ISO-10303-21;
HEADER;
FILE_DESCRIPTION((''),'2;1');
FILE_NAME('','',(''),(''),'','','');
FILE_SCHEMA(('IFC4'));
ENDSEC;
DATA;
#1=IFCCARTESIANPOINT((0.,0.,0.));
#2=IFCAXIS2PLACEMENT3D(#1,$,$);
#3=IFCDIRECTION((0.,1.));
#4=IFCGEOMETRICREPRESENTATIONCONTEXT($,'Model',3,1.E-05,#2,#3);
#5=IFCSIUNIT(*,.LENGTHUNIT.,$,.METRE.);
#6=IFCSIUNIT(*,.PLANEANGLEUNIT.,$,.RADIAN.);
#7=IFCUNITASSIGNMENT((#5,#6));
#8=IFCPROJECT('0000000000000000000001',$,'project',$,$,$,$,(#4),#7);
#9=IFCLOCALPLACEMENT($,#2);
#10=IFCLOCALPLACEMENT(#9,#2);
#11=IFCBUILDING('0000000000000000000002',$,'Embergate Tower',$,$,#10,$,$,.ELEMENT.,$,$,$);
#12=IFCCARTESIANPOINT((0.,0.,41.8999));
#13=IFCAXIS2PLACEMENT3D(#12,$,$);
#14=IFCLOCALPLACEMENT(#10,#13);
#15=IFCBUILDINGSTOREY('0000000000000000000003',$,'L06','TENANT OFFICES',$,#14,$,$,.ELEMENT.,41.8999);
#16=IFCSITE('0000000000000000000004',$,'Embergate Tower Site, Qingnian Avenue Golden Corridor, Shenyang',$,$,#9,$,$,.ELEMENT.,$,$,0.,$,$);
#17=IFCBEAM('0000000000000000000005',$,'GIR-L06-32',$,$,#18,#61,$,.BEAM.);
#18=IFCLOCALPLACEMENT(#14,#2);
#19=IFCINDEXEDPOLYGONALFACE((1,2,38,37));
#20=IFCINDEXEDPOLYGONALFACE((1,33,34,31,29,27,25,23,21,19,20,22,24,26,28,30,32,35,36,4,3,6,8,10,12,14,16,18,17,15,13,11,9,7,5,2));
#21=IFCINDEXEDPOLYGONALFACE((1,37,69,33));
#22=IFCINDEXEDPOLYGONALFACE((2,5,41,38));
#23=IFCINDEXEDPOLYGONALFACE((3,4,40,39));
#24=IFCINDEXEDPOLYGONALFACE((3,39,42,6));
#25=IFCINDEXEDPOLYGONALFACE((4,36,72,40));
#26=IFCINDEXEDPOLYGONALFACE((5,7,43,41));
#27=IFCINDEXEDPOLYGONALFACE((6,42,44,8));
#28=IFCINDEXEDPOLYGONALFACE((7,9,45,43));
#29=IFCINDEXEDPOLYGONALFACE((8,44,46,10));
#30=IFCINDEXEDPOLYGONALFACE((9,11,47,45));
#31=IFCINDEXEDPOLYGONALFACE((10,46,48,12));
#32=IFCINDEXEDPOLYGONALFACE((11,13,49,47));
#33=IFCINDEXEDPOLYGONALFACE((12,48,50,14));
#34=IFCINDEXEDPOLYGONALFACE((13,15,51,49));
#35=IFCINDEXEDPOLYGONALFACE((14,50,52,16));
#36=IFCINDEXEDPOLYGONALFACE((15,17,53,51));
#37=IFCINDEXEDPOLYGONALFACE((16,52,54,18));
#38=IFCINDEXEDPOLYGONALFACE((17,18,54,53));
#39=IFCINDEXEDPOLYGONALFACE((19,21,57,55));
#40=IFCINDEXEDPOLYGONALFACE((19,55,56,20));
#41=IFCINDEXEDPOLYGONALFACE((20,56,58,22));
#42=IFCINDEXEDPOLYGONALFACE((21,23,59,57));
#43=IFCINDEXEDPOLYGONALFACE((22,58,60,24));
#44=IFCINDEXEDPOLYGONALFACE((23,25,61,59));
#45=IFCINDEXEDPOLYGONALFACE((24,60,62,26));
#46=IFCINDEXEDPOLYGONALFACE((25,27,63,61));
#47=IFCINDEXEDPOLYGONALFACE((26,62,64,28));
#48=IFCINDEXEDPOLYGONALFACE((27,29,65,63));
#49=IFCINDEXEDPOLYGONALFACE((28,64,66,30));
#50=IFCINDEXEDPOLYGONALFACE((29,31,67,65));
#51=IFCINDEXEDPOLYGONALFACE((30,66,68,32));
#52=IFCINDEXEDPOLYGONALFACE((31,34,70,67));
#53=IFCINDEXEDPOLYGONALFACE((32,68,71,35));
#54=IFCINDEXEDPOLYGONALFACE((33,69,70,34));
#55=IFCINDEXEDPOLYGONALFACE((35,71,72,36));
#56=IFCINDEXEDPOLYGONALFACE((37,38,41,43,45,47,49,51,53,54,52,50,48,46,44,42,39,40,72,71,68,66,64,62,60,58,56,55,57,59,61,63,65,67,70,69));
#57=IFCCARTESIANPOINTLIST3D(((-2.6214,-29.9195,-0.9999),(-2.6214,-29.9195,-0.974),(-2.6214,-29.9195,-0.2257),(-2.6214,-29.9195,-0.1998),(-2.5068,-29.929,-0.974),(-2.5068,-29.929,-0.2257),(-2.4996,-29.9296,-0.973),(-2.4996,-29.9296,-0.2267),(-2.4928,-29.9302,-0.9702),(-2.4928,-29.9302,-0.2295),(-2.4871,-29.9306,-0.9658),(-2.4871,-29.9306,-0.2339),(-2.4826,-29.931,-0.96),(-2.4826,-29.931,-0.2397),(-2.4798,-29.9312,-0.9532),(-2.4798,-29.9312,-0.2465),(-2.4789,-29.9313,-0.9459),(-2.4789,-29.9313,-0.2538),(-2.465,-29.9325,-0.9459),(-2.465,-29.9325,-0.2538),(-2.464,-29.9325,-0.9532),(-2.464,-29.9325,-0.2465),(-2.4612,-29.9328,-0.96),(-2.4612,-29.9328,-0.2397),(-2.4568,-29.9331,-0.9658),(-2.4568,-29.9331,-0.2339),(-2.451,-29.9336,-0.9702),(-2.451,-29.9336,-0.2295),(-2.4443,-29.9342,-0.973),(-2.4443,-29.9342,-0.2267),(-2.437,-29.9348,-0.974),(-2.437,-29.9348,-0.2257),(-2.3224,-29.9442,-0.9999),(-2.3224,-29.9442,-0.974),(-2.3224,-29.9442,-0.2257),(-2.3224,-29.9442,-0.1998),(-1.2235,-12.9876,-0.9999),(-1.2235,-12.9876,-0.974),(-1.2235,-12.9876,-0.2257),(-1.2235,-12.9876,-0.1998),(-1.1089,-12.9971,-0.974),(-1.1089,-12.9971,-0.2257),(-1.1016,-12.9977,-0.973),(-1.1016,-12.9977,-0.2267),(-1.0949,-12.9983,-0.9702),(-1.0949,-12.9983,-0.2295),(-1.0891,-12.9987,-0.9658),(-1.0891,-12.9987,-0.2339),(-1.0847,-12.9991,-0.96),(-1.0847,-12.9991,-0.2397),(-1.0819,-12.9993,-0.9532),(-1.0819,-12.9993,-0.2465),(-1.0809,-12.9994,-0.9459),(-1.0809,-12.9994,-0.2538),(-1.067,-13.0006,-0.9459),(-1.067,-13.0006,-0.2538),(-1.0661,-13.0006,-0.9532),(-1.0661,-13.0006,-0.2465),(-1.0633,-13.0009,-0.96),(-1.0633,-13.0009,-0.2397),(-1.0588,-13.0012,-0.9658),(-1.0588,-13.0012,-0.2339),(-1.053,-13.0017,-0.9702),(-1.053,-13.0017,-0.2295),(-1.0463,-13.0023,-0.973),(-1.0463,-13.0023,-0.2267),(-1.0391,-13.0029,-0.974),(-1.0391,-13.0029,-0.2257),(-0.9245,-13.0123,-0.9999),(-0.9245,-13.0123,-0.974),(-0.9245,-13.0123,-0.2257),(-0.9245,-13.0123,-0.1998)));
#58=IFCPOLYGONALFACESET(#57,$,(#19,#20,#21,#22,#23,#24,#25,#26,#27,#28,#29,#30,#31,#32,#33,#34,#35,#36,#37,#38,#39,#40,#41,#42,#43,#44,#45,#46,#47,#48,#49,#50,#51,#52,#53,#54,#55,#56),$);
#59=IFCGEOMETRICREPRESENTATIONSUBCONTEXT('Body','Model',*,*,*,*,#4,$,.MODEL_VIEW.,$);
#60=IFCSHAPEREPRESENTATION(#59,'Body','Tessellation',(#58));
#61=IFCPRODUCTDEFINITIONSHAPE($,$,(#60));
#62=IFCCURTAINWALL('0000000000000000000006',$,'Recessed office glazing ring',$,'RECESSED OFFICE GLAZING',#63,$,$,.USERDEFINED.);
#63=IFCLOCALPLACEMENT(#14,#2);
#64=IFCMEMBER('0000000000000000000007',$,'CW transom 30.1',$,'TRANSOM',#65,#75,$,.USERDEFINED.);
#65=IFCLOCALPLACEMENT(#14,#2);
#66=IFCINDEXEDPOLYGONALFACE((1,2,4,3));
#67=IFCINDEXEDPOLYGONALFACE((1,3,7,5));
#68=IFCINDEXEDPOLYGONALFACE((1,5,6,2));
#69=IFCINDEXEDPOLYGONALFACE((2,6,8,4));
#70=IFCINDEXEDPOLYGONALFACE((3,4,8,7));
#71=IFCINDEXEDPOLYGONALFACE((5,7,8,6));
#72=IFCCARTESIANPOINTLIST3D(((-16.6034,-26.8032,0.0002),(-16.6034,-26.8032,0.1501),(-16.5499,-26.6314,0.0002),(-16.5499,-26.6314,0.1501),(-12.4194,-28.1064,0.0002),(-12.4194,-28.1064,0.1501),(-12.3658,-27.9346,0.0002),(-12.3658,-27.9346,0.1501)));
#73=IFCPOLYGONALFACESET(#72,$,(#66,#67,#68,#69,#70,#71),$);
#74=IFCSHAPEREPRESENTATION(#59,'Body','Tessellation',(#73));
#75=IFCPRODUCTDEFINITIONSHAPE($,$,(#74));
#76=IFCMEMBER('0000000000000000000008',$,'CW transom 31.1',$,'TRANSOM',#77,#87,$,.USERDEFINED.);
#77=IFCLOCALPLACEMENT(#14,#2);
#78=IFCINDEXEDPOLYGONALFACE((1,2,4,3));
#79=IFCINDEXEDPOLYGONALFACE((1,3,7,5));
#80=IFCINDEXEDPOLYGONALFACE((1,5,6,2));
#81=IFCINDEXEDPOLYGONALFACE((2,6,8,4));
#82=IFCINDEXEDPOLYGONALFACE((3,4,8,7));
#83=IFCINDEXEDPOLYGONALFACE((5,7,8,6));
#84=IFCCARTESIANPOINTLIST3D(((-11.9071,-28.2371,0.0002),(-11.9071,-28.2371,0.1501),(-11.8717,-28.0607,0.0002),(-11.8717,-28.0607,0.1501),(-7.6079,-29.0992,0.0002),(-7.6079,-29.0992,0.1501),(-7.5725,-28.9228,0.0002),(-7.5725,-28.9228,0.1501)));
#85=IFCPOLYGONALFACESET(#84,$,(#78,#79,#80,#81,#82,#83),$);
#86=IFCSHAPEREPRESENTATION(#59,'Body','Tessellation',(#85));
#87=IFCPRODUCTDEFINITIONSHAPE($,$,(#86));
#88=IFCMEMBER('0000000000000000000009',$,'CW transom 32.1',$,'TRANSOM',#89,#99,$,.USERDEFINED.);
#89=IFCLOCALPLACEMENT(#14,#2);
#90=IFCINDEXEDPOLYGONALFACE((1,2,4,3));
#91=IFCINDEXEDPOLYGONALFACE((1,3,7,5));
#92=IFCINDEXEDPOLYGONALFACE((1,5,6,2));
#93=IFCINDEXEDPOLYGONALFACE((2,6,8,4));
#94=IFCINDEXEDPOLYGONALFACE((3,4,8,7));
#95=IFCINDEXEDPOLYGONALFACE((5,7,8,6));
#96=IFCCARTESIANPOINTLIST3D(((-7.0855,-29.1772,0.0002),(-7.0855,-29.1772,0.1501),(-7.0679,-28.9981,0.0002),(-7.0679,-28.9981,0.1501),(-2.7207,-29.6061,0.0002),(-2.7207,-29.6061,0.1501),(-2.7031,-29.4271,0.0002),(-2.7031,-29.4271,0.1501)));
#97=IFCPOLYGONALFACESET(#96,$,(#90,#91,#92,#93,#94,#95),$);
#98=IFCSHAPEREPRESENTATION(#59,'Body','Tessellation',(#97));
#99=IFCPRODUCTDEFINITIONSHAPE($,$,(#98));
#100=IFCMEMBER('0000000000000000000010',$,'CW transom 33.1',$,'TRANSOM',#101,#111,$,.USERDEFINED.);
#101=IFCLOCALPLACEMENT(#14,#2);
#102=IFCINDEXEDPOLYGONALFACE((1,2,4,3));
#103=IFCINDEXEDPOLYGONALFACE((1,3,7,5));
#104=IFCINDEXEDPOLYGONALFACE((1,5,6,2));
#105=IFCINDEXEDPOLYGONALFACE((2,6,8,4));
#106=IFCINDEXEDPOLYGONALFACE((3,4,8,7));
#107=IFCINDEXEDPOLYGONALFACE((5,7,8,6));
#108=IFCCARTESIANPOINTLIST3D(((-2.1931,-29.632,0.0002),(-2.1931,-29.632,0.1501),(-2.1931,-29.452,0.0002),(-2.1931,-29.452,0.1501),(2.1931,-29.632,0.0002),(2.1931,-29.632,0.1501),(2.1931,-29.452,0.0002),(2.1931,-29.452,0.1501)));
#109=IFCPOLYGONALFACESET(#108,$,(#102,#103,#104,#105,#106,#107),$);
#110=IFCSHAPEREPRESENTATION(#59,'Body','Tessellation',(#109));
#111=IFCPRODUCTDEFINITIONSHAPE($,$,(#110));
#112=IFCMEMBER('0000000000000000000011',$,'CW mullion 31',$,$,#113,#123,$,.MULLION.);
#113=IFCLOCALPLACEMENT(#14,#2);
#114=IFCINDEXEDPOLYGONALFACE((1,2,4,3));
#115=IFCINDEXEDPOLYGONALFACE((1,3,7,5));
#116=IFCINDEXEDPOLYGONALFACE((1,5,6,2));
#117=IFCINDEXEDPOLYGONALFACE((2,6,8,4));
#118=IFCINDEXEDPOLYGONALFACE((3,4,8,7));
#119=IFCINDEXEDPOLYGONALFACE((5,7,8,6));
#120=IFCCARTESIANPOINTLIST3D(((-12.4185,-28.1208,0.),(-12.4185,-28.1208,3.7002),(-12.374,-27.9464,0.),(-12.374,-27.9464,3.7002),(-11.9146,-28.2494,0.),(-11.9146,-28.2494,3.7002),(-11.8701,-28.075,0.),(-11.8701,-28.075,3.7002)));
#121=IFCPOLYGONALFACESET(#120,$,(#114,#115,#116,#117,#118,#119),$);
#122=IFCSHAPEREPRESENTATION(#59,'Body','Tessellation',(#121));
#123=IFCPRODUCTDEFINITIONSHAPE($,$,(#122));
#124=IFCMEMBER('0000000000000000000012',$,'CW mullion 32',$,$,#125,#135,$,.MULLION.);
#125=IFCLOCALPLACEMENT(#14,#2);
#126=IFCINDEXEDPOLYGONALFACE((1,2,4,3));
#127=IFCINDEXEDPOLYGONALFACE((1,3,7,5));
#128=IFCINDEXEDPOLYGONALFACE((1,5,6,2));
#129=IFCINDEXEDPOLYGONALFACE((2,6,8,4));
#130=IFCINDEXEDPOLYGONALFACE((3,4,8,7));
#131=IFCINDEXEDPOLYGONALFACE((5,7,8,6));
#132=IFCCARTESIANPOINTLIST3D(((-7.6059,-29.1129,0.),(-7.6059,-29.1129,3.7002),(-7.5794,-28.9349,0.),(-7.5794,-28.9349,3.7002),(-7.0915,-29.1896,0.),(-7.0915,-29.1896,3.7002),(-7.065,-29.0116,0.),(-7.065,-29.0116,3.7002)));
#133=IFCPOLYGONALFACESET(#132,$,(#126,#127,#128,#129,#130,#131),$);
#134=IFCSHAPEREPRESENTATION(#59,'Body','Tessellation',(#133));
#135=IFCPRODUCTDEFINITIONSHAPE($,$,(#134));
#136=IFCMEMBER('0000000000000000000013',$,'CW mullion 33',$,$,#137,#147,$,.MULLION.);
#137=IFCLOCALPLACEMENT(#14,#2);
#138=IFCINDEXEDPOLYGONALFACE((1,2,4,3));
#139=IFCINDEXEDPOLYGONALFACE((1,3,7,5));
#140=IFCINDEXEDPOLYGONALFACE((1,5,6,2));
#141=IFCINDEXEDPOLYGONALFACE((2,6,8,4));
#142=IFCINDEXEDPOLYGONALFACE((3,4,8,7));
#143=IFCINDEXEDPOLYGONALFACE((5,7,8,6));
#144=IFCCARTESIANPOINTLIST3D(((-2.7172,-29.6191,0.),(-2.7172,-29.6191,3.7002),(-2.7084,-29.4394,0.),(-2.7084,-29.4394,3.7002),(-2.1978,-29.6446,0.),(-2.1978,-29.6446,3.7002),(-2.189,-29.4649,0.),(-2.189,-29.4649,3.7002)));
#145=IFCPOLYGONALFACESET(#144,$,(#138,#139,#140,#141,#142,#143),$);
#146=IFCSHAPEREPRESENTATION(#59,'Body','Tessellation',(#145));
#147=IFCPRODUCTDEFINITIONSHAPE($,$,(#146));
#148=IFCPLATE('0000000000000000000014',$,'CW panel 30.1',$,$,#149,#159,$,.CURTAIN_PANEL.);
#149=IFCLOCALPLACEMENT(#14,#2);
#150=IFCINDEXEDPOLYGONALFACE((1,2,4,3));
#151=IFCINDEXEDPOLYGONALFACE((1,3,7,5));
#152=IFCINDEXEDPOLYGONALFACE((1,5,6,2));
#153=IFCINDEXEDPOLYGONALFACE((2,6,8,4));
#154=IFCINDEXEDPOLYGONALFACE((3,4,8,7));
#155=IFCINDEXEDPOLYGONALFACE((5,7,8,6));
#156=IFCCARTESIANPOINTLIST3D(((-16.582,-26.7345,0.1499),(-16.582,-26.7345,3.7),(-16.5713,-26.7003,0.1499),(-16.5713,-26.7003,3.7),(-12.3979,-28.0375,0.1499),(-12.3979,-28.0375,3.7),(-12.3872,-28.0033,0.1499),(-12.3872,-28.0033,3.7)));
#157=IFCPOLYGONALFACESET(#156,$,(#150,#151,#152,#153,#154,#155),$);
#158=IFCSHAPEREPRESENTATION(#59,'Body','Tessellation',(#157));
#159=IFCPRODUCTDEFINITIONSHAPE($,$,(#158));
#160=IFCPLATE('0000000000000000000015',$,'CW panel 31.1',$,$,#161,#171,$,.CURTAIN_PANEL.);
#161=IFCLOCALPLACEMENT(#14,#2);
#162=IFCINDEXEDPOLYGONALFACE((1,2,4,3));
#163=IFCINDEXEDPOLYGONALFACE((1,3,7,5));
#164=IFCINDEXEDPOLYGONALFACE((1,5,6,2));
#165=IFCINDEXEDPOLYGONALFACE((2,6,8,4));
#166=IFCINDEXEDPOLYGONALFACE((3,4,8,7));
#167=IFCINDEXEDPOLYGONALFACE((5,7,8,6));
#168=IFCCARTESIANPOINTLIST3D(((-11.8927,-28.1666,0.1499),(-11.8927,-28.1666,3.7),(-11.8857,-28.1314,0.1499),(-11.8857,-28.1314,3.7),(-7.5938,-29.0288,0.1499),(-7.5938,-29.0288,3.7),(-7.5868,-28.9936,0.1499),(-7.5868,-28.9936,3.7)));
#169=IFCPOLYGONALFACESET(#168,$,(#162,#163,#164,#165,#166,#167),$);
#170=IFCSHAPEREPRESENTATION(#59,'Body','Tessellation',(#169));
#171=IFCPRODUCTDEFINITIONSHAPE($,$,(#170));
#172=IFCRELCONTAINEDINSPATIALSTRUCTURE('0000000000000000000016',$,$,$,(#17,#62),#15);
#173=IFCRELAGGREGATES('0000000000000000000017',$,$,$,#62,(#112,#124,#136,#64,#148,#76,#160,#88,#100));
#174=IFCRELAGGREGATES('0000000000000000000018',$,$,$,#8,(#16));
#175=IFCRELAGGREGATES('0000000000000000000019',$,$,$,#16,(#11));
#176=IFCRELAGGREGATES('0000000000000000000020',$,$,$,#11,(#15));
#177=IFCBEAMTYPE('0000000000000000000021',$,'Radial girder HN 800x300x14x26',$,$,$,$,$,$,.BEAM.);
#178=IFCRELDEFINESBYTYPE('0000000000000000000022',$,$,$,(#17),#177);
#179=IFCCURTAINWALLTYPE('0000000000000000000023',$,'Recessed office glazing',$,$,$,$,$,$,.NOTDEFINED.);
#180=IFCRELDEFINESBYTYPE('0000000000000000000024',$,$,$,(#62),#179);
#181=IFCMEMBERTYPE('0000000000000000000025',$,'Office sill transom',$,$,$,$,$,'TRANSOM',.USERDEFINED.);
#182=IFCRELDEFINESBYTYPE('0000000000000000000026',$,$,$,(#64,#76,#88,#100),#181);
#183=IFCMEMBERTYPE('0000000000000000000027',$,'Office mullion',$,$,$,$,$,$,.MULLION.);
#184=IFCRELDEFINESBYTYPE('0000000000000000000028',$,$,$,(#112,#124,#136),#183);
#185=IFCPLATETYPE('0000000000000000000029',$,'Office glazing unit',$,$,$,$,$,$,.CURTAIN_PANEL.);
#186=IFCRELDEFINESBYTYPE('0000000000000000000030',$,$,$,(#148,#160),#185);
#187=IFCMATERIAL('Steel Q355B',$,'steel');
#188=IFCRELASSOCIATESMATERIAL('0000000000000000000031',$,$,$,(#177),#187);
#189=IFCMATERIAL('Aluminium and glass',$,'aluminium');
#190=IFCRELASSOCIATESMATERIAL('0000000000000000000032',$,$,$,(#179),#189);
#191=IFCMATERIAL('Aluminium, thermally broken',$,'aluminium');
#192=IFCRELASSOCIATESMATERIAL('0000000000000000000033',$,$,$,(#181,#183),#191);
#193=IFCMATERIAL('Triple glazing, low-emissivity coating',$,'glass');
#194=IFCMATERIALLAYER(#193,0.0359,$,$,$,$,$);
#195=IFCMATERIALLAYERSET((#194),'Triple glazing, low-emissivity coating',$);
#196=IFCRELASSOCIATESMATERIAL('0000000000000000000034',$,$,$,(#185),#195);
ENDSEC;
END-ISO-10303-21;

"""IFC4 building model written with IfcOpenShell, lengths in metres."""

from ifc_helpers import new_model, si_unit, direction, frame, origin, origin_2d, place, context, subcontext, project, spatial, rectangle, i_section, extrude, source, transform, mapped, material, layer, layer_set, material_profile, profile_set, type_object, element, aggregate, save


model = new_model("IFC4")

# Units and contexts
model_context = context("Model", 3, precision=1e-05, world=origin(), true_north=direction((0.0, 1.0)))
body_context = subcontext(model_context, "Body", "Model", "MODEL_VIEW")
ifc_project = project(units=[si_unit("LENGTHUNIT", "METRE"), si_unit("PLANEANGLEUNIT", "RADIAN")], contexts=[model_context])

# Site, building, storey
site_placement = place(None, origin())
site = spatial("IfcSite", under=ifc_project, at=site_placement, Name="Embergate Tower Site, Qingnian Avenue Golden Corridor, Shenyang", CompositionType="ELEMENT", RefElevation=0.0)
building_placement = place(site_placement, origin())
building = spatial("IfcBuilding", under=site, at=building_placement, Name="Embergate Tower", CompositionType="ELEMENT")
storey_placement = place(building_placement, frame((0.0, 0.0, 41.8999)))
storey = spatial("IfcBuildingStorey", under=building, at=storey_placement, Name="L06", Description="TENANT OFFICES", CompositionType="ELEMENT", Elevation=41.8999)

# Beam
ifc_material_1 = material(Name="Steel Q355B", Category="steel")
ifc_material_profile_1 = material_profile(ifc_material_1, i_section(OverallWidth=0.3, OverallDepth=0.8, WebThickness=0.0139, FlangeThickness=0.0259, FilletRadius=0.0281, at=origin_2d()), Name="HN 800x300x14x26")
ifc_profile_set_1 = profile_set([ifc_material_profile_1], Name="Steel Q355 grade B")
beam_type_1 = type_object("IfcBeamType", Name="Radial girder HN 800x300x14x26", PredefinedType="BEAM", material=ifc_profile_set_1)
shared_shape_1 = source(origin(), body_context, "Body", "SweptSolid", [
    extrude(i_section(OverallWidth=0.3, OverallDepth=0.8, WebThickness=0.0139, FlangeThickness=0.0259, FilletRadius=0.0281, at=origin_2d()), origin(), (0.0, 0.0, 1.0), 16.9895),
])
beam_1_placement = place(storey_placement, frame((-2.4719, -29.9319, -0.5999), z_axis=(0.082283, 0.996609, 0.0), x_axis=(-0.996609, 0.082283, 0.0)))
element("IfcBeam", 1, at=beam_1_placement, inside=storey, type_object=beam_type_1, Name="GIR-L06-32", PredefinedType="BEAM", context=body_context, shape_type="MappedRepresentation", body=[
    mapped(shared_shape_1, transform((0.0, 0.0, 0.0))),
])

# Curtain wall, members, plates
ifc_material_2 = material(Name="Aluminium and glass", Category="aluminium")
curtain_wall_type = type_object("IfcCurtainWallType", Name="Recessed office glazing", PredefinedType="NOTDEFINED", material=ifc_material_2)
curtain_wall_placement = place(storey_placement, origin())
curtain_wall = element("IfcCurtainWall", 2, at=curtain_wall_placement, inside=storey, type_object=curtain_wall_type, Name="Recessed office glazing ring", ObjectType="RECESSED OFFICE GLAZING", PredefinedType="USERDEFINED")
ifc_material_3 = material(Name="Aluminium, thermally broken", Category="aluminium")
ifc_material_profile_2 = material_profile(ifc_material_3, rectangle(XDim=0.1799, YDim=0.1499, at=origin_2d()), Name="AL 150x180")
ifc_profile_set_2 = profile_set([ifc_material_profile_2], Name="Aluminium, thermally broken")
member_type_1 = type_object("IfcMemberType", Name="Office sill transom", ElementType="TRANSOM", PredefinedType="USERDEFINED", material=ifc_profile_set_2)
shared_shape_2 = source(origin(), body_context, "Body", "SweptSolid", [
    extrude(rectangle(XDim=0.1799, YDim=0.1499, at=origin_2d()), origin(), (0.0, 0.0, 1.0), 4.3823),
])
member_1_placement = place(storey_placement, frame((-16.5767, -26.7173, 0.0752), z_axis=(0.954759, -0.29738, 0.0), x_axis=(0.29738, 0.954759, 0.0)))
member_1 = element("IfcMember", 3, at=member_1_placement, type_object=member_type_1, Name="CW transom 30.1", ObjectType="TRANSOM", PredefinedType="USERDEFINED", context=body_context, shape_type="MappedRepresentation", body=[
    mapped(shared_shape_2, transform((0.0, 0.0, 0.0))),
])
shared_shape_3 = source(origin(), body_context, "Body", "SweptSolid", [
    extrude(rectangle(XDim=0.1799, YDim=0.1499, at=origin_2d()), origin(), (0.0, 0.0, 1.0), 4.3848),
])
member_2_placement = place(storey_placement, frame((-11.8894, -28.1489, 0.0752), z_axis=(0.980482, -0.196609, 0.0), x_axis=(0.196609, 0.980482, 0.0)))
member_2 = element("IfcMember", 4, at=member_2_placement, type_object=member_type_1, Name="CW transom 31.1", ObjectType="TRANSOM", PredefinedType="USERDEFINED", context=body_context, shape_type="MappedRepresentation", body=[
    mapped(shared_shape_3, transform((0.0, 0.0, 0.0))),
])
shared_shape_4 = source(origin(), body_context, "Body", "SweptSolid", [
    extrude(rectangle(XDim=0.1799, YDim=0.1499, at=origin_2d()), origin(), (0.0, 0.0, 1.0), 4.3857),
])
member_3_placement = place(storey_placement, frame((-7.0767, -29.0876, 0.0752), z_axis=(0.995205, -0.097806, 0.0), x_axis=(0.097806, 0.995205, 0.0)))
member_3 = element("IfcMember", 5, at=member_3_placement, type_object=member_type_1, Name="CW transom 32.1", ObjectType="TRANSOM", PredefinedType="USERDEFINED", context=body_context, shape_type="MappedRepresentation", body=[
    mapped(shared_shape_4, transform((0.0, 0.0, 0.0))),
])
shared_shape_5 = source(origin(), body_context, "Body", "SweptSolid", [
    extrude(rectangle(XDim=0.1799, YDim=0.1499, at=origin_2d()), origin(), (0.0, 0.0, 1.0), 4.3862),
])
member_4_placement = place(storey_placement, frame((-2.1931, -29.542, 0.0752), z_axis=(1.0, 0.0, 0.0), x_axis=(0.0, 1.0, 0.0)))
member_4 = element("IfcMember", 6, at=member_4_placement, type_object=member_type_1, Name="CW transom 33.1", ObjectType="TRANSOM", PredefinedType="USERDEFINED", context=body_context, shape_type="MappedRepresentation", body=[
    mapped(shared_shape_5, transform((0.0, 0.0, 0.0))),
])
ifc_material_profile_3 = material_profile(ifc_material_3, rectangle(XDim=0.1799, YDim=0.52, at=origin_2d()), Name="AL 520x180")
ifc_profile_set_3 = profile_set([ifc_material_profile_3], Name="Aluminium, thermally broken")
member_type_2 = type_object("IfcMemberType", Name="Office mullion", PredefinedType="MULLION", material=ifc_profile_set_3)
shared_shape_6 = source(origin(), body_context, "Body", "SweptSolid", [
    extrude(rectangle(XDim=0.1799, YDim=0.52, at=origin_2d()), origin(), (0.0, 0.0, 1.0), 3.7002),
])
member_5_placement = place(storey_placement, frame((-12.1443, -28.0979, 0.0), z_axis=(0.0, 0.0, 1.0), x_axis=(0.24731, 0.968936, 0.0)))
member_5 = element("IfcMember", 7, at=member_5_placement, type_object=member_type_2, Name="CW mullion 31", PredefinedType="MULLION", context=body_context, shape_type="MappedRepresentation", body=[
    mapped(shared_shape_6, transform((0.0, 0.0, 0.0))),
])
member_6_placement = place(storey_placement, frame((-7.3354, -29.0623, 0.0), z_axis=(0.0, 0.0, 1.0), x_axis=(0.147411, 0.989075, 0.0)))
member_6 = element("IfcMember", 8, at=member_6_placement, type_object=member_type_2, Name="CW mullion 32", PredefinedType="MULLION", context=body_context, shape_type="MappedRepresentation", body=[
    mapped(shared_shape_6, transform((0.0, 0.0, 0.0))),
])
member_7_placement = place(storey_placement, frame((-2.4531, -29.542, 0.0), z_axis=(0.0, 0.0, 1.0), x_axis=(0.048972, 0.9988, 0.0)))
member_7 = element("IfcMember", 9, at=member_7_placement, type_object=member_type_2, Name="CW mullion 33", PredefinedType="MULLION", context=body_context, shape_type="MappedRepresentation", body=[
    mapped(shared_shape_6, transform((0.0, 0.0, 0.0))),
])
ifc_material_4 = material(Name="Triple glazing, low-emissivity coating", Category="glass")
ifc_layer_1 = layer(ifc_material_4, 0.0359)
ifc_layer_set_1 = layer_set([ifc_layer_1], Name="Triple glazing, low-emissivity coating")
plate_type = type_object("IfcPlateType", Name="Office glazing unit", PredefinedType="CURTAIN_PANEL", material=ifc_layer_set_1)
shared_shape_7 = source(origin(), body_context, "Body", "SweptSolid", [
    extrude(rectangle(XDim=4.3823, YDim=0.0359, at=origin_2d()), origin(), (0.0, 0.0, 1.0), 3.55),
])
plate_1_placement = place(storey_placement, frame((-14.4846, -27.3689, 0.1499), z_axis=(0.0, 0.0, 1.0), x_axis=(0.954773, -0.297337, 0.0)))
plate_1 = element("IfcPlate", 10, at=plate_1_placement, type_object=plate_type, Name="CW panel 30.1", PredefinedType="CURTAIN_PANEL", context=body_context, shape_type="MappedRepresentation", body=[
    mapped(shared_shape_7, transform((0.0, 0.0, 0.0))),
])
shared_shape_8 = source(origin(), body_context, "Body", "SweptSolid", [
    extrude(rectangle(XDim=4.3845, YDim=0.0359, at=origin_2d()), origin(), (0.0, 0.0, 1.0), 3.55),
])
plate_2_placement = place(storey_placement, frame((-9.7397, -28.5801, 0.1499), z_axis=(0.0, 0.0, 1.0), x_axis=(0.980476, -0.196639, 0.0)))
plate_2 = element("IfcPlate", 11, at=plate_2_placement, type_object=plate_type, Name="CW panel 31.1", PredefinedType="CURTAIN_PANEL", context=body_context, shape_type="MappedRepresentation", body=[
    mapped(shared_shape_8, transform((0.0, 0.0, 0.0))),
])
aggregate(curtain_wall, [member_5, member_6, member_7, member_1, plate_1, member_2, plate_2, member_3, member_4])

save(model, "model.ifc")
